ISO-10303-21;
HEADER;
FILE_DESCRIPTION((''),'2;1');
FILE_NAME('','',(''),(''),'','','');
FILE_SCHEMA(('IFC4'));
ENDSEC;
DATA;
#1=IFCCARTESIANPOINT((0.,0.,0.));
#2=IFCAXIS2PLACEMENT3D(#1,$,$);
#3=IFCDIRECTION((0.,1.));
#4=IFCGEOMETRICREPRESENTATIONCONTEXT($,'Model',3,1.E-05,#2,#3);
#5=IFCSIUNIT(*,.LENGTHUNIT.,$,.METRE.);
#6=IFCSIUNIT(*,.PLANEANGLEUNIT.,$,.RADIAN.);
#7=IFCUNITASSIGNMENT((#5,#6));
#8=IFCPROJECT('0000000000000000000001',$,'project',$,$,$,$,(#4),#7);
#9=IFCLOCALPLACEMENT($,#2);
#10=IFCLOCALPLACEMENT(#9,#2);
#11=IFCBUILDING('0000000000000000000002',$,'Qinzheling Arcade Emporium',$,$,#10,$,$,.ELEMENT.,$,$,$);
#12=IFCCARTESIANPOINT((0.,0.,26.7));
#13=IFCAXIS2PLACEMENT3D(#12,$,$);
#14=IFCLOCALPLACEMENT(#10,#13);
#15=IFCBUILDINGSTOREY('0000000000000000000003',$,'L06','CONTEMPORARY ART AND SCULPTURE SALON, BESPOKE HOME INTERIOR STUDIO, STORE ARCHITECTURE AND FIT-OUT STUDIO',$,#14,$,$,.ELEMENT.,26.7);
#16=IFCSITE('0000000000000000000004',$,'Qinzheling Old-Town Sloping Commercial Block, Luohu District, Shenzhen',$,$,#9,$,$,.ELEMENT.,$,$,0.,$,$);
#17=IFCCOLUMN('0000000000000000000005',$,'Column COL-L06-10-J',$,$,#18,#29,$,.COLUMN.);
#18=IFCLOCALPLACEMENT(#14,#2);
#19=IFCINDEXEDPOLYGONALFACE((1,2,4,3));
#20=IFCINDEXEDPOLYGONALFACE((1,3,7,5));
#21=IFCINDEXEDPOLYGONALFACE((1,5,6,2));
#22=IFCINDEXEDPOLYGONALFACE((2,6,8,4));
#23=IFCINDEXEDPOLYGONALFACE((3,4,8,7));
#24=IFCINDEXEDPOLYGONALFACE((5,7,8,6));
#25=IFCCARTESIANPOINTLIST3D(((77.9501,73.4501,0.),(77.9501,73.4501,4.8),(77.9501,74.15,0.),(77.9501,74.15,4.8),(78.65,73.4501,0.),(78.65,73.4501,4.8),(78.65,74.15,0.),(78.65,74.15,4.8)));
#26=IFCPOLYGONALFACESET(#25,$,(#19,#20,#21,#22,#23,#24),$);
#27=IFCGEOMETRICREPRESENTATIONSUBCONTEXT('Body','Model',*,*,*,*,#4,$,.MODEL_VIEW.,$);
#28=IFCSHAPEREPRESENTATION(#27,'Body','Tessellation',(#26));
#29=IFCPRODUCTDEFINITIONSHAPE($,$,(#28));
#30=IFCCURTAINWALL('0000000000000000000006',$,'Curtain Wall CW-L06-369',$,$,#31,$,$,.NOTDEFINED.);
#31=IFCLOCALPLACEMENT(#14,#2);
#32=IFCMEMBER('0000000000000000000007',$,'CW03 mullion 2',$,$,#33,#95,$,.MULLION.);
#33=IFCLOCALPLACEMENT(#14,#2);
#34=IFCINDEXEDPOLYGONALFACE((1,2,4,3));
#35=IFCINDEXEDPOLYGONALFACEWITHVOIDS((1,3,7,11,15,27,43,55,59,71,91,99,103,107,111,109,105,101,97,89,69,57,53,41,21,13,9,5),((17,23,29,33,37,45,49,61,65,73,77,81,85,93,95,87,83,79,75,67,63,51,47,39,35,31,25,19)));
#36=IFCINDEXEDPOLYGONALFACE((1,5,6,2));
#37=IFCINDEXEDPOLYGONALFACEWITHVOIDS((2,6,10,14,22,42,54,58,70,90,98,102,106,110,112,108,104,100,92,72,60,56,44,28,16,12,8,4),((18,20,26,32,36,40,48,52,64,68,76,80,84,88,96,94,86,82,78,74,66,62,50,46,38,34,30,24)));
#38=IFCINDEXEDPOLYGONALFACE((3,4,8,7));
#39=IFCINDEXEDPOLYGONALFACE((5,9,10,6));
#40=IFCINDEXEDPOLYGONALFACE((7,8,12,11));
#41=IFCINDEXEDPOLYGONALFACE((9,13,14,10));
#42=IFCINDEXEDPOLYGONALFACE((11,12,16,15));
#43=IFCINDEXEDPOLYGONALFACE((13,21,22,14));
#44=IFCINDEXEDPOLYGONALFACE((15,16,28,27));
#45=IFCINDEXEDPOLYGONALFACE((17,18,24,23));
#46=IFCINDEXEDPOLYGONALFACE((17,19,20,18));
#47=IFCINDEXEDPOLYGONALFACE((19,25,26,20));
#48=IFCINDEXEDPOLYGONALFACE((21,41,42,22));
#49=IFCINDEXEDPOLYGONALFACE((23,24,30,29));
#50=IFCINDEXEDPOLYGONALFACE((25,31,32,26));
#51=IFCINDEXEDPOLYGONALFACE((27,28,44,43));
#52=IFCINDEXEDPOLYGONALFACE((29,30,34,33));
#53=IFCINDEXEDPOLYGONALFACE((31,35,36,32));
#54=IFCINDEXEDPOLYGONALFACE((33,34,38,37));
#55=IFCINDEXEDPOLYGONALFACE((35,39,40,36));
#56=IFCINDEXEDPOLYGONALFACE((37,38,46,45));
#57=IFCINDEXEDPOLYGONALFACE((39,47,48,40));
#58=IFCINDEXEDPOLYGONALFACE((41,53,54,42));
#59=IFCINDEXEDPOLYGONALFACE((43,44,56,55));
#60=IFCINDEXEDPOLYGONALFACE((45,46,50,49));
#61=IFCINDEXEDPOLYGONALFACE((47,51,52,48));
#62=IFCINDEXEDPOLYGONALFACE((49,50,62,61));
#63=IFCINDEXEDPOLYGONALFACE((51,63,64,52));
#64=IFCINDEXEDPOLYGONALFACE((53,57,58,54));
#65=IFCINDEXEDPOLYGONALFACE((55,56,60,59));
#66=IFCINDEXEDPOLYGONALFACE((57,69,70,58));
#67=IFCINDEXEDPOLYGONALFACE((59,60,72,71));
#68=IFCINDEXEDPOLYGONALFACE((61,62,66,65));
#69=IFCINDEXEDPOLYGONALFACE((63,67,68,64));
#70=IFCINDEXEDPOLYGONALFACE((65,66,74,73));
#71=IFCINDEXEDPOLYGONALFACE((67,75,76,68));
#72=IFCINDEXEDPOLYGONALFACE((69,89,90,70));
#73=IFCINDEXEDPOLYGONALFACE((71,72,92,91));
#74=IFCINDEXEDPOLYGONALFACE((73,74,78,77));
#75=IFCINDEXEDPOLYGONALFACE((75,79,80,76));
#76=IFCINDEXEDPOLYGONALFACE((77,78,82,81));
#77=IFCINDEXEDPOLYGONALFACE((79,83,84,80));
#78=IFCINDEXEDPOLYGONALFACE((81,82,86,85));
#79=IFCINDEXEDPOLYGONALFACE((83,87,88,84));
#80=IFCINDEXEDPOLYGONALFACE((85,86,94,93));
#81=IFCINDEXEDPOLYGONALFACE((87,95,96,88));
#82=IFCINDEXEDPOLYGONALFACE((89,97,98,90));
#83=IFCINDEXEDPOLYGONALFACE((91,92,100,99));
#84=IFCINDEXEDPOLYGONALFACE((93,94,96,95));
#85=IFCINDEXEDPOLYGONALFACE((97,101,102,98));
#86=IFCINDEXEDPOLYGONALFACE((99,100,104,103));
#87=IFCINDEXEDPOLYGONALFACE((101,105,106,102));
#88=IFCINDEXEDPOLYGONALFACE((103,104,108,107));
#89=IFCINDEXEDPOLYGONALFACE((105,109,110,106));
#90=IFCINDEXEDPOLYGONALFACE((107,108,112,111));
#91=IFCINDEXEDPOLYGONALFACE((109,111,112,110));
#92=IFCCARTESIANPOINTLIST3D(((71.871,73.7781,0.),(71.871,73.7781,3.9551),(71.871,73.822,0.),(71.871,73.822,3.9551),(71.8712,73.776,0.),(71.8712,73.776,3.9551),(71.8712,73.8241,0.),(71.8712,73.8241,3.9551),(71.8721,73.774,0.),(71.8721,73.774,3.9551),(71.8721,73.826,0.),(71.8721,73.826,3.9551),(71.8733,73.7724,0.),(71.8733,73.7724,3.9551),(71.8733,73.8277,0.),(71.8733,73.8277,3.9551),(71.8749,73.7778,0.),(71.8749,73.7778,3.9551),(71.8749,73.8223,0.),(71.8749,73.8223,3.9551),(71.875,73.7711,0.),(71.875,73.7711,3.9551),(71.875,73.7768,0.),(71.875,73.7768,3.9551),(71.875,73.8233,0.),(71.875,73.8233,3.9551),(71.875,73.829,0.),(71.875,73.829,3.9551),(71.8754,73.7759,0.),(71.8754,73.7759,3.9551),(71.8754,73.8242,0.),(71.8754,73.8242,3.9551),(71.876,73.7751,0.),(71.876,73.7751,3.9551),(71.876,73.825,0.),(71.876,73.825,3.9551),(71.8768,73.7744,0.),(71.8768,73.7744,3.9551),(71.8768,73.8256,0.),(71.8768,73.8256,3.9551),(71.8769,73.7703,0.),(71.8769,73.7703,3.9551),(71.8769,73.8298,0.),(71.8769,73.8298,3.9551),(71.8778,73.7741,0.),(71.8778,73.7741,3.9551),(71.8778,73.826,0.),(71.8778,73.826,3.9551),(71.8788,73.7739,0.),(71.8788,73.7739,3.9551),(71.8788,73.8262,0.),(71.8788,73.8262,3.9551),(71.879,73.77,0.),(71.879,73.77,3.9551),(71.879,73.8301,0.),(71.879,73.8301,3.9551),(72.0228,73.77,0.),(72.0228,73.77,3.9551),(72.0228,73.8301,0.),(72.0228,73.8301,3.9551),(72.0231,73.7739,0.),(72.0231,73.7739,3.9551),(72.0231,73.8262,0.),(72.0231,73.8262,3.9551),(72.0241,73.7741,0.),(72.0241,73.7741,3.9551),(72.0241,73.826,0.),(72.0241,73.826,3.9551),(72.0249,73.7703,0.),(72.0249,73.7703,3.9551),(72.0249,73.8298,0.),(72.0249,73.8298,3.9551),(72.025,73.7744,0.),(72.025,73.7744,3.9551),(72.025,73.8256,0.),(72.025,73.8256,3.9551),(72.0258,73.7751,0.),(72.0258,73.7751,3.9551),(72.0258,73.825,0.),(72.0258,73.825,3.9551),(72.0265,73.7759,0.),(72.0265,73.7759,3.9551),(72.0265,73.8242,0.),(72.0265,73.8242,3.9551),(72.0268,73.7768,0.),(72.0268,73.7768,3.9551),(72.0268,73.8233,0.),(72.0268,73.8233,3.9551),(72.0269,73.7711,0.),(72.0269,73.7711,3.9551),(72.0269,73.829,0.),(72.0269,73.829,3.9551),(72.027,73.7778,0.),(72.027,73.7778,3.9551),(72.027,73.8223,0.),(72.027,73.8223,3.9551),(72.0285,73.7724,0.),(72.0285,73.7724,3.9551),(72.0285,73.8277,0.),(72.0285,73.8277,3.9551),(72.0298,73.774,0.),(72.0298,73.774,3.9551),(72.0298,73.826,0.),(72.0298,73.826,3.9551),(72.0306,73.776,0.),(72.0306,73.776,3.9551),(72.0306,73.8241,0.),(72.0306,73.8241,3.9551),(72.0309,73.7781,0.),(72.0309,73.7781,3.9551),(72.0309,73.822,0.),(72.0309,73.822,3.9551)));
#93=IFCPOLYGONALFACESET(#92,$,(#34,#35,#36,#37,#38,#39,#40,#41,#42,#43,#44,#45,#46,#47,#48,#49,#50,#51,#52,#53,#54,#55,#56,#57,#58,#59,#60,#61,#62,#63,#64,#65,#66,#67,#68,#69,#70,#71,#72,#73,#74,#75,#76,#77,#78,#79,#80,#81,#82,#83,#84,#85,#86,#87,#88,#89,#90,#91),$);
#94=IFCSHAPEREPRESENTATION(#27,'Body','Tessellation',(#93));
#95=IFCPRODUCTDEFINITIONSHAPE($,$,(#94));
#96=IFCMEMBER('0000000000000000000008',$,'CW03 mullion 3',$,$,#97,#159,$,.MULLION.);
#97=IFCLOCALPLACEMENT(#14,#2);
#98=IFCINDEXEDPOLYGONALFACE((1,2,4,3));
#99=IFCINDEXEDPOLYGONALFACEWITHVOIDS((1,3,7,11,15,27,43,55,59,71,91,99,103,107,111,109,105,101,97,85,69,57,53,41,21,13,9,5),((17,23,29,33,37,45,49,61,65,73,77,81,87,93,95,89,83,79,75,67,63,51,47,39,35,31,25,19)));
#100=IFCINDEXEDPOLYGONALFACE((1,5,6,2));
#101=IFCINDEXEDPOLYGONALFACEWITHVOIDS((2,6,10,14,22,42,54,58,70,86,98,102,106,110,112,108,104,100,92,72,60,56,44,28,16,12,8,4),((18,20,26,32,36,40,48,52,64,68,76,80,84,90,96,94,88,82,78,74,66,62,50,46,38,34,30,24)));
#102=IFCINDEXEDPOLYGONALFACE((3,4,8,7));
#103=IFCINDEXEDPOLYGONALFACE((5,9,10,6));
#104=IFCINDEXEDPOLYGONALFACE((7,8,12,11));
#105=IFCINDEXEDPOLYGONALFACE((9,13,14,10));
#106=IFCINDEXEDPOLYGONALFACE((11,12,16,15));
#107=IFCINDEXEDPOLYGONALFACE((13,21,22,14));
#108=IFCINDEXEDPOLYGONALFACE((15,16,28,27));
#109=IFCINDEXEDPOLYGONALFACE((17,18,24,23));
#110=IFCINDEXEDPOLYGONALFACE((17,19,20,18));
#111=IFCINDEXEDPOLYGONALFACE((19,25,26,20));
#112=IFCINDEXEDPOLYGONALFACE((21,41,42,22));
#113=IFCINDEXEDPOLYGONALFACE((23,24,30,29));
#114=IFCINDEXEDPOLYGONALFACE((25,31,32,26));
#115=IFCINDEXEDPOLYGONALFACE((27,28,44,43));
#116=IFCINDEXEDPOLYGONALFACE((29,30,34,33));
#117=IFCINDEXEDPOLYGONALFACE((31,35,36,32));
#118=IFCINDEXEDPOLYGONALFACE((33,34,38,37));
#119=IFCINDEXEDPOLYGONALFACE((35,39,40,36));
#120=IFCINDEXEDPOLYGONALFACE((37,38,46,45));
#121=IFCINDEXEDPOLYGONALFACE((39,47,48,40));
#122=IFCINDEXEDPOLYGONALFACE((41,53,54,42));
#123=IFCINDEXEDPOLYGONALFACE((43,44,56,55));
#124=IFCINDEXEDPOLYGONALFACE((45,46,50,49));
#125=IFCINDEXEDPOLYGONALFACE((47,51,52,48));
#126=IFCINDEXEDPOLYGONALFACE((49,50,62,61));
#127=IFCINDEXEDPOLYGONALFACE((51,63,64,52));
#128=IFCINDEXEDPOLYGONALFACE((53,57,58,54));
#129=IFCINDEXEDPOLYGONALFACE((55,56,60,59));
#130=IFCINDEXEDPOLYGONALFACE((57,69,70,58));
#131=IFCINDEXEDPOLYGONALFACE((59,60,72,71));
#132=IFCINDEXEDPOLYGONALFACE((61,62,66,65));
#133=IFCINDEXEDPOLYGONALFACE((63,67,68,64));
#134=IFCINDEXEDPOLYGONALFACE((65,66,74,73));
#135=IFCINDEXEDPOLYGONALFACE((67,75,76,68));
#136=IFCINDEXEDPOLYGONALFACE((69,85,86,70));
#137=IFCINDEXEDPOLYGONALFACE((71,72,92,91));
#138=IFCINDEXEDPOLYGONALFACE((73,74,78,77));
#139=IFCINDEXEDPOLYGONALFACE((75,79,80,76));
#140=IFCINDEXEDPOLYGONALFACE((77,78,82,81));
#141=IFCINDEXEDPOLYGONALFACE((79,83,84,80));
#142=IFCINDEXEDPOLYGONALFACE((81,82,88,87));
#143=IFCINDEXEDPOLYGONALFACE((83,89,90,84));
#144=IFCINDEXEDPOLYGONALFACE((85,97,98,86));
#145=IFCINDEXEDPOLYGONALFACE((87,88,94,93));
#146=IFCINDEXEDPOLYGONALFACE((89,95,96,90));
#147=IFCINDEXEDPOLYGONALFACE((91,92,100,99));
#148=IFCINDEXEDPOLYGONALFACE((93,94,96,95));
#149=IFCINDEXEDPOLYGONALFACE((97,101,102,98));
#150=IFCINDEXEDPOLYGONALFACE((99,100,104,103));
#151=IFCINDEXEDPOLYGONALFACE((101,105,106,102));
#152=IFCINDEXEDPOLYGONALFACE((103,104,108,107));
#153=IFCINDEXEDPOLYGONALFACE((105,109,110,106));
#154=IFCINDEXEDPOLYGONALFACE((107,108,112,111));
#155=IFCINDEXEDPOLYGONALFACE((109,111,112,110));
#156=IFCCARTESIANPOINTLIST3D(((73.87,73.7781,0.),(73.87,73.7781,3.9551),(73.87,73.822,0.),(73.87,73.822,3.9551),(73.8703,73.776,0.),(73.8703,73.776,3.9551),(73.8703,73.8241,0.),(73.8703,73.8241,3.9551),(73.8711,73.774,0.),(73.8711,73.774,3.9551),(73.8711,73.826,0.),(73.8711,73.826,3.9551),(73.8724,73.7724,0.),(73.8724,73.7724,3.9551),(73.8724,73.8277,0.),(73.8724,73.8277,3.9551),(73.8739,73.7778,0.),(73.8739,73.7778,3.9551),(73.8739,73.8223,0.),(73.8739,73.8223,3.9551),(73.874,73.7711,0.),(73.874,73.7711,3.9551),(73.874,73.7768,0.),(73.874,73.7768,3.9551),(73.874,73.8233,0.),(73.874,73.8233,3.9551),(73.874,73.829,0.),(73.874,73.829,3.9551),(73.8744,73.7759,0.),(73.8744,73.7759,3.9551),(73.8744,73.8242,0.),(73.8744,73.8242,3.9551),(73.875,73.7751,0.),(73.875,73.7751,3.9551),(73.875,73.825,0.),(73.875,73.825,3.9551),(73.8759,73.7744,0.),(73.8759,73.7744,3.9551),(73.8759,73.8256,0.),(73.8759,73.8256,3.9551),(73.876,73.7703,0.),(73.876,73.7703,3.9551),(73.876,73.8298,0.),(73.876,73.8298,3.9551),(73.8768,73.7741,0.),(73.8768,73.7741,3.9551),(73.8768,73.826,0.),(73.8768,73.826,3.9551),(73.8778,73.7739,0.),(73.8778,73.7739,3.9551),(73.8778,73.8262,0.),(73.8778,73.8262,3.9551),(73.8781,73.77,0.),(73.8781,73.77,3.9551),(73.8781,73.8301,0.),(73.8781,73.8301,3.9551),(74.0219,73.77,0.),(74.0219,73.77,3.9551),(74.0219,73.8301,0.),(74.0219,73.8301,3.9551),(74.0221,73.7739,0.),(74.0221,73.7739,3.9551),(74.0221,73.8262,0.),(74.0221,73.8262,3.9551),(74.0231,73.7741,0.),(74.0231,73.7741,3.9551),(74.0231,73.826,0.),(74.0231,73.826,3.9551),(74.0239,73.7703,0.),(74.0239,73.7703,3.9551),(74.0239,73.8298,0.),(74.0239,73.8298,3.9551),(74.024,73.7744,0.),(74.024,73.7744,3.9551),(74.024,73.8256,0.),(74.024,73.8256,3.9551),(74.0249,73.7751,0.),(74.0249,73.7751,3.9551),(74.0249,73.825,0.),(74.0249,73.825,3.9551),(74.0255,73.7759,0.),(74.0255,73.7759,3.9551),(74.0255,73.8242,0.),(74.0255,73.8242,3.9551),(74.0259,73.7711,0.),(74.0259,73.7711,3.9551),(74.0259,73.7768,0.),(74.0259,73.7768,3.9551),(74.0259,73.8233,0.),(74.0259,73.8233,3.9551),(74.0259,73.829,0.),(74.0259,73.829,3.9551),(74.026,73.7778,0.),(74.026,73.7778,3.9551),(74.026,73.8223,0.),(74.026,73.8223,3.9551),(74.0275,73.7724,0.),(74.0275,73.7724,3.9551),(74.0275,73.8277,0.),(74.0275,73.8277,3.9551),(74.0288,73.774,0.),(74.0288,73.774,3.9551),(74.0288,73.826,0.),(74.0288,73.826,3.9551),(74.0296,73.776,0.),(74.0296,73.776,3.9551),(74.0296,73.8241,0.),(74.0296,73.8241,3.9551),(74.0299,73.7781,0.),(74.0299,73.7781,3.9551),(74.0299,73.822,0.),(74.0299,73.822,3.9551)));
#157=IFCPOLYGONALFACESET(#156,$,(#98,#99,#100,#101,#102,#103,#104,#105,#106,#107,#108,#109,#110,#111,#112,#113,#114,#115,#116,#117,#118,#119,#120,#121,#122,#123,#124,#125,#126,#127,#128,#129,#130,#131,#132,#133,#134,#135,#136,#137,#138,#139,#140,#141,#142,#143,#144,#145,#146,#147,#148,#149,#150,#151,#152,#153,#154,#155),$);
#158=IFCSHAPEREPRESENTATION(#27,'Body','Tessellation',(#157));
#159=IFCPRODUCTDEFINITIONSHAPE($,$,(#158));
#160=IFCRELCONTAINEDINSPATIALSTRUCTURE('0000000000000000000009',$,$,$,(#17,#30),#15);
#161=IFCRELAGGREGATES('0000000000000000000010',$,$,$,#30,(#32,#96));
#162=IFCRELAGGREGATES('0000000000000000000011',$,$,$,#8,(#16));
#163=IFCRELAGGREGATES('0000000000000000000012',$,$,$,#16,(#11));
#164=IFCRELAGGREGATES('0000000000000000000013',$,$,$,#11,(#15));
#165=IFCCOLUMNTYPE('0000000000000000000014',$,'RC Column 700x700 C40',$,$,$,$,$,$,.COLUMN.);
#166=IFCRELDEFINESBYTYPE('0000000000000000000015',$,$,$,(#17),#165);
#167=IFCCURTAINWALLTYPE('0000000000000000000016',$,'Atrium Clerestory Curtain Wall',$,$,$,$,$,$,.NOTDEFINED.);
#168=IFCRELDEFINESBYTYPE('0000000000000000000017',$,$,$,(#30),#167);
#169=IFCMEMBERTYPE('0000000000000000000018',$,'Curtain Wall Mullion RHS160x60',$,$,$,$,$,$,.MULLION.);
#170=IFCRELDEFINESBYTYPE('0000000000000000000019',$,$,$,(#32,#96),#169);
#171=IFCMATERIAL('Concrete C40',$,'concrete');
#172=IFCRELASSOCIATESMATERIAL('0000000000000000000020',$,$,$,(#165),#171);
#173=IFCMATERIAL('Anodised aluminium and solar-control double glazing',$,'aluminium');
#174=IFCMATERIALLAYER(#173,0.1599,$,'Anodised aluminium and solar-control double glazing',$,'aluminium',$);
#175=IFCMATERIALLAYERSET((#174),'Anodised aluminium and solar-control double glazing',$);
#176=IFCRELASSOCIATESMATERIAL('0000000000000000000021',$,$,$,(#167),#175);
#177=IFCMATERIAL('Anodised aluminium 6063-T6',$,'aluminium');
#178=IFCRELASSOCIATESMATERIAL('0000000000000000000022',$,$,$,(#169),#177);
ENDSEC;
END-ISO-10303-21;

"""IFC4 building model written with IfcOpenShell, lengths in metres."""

from ifc_helpers import new_model, si_unit, direction, frame, origin, origin_2d, place, context, subcontext, project, spatial, rectangle, hollow_rectangle, extrude, material, layer, layer_set, material_profile, profile_set, type_object, element, aggregate, save


model = new_model("IFC4")

# Units and contexts
model_context = context("Model", 3, precision=1e-05, world=origin(), true_north=direction((0.0, 1.0)))
body_context = subcontext(model_context, "Body", "Model", "MODEL_VIEW")
ifc_project = project(units=[si_unit("LENGTHUNIT", "METRE"), si_unit("PLANEANGLEUNIT", "RADIAN")], contexts=[model_context])

# Site, building, storey
site_placement = place(None, origin())
site = spatial("IfcSite", under=ifc_project, at=site_placement, Name="Qinzheling Old-Town Sloping Commercial Block, Luohu District, Shenzhen", CompositionType="ELEMENT", RefElevation=0.0)
building_placement = place(site_placement, origin())
building = spatial("IfcBuilding", under=site, at=building_placement, Name="Qinzheling Arcade Emporium", CompositionType="ELEMENT")
storey_placement = place(building_placement, frame((0.0, 0.0, 26.7)))
storey = spatial("IfcBuildingStorey", under=building, at=storey_placement, Name="L06", Description="CONTEMPORARY ART AND SCULPTURE SALON, BESPOKE HOME INTERIOR STUDIO, STORE ARCHITECTURE AND FIT-OUT STUDIO", CompositionType="ELEMENT", Elevation=26.7)

# Column
ifc_material_1 = material(Name="Concrete C40", Category="concrete")
ifc_material_profile_1 = material_profile(ifc_material_1, rectangle(XDim=0.7, YDim=0.7, at=origin_2d()), Name="RC 700x700", Category="concrete")
ifc_profile_set_1 = profile_set([ifc_material_profile_1], Name="Concrete C40")
column_type = type_object("IfcColumnType", Name="RC Column 700x700 C40", PredefinedType="COLUMN", material=ifc_profile_set_1)
column_placement = place(storey_placement, frame((78.3, 73.8, 0.0), z_axis=(0.0, 0.0, 1.0), x_axis=(1.0, 0.0, 0.0)))
element("IfcColumn", 1, at=column_placement, inside=storey, type_object=column_type, Name="Column COL-L06-10-J", PredefinedType="COLUMN", context=body_context, shape_type="SweptSolid", body=[
    extrude(rectangle(XDim=0.7, YDim=0.7, at=origin_2d()), origin(), (0.0, 0.0, 1.0), 4.8),
])

# Curtain wall, members
ifc_material_2 = material(Name="Anodised aluminium and solar-control double glazing", Category="aluminium")
ifc_layer_1 = layer(ifc_material_2, 0.1599, Name="Anodised aluminium and solar-control double glazing", Category="aluminium")
ifc_layer_set_1 = layer_set([ifc_layer_1], Name="Anodised aluminium and solar-control double glazing")
curtain_wall_type = type_object("IfcCurtainWallType", Name="Atrium Clerestory Curtain Wall", PredefinedType="NOTDEFINED", material=ifc_layer_set_1)
curtain_wall_placement = place(storey_placement, origin())
curtain_wall = element("IfcCurtainWall", 2, at=curtain_wall_placement, inside=storey, type_object=curtain_wall_type, Name="Curtain Wall CW-L06-369", PredefinedType="NOTDEFINED")
ifc_material_3 = material(Name="Anodised aluminium 6063-T6", Category="aluminium")
ifc_material_profile_2 = material_profile(ifc_material_3, hollow_rectangle(XDim=0.0601, YDim=0.1599, WallThickness=0.0039, InnerFilletRadius=0.0039, OuterFilletRadius=0.0081, at=origin_2d()), Name="RHS 160x60x4", Category="aluminium")
ifc_profile_set_2 = profile_set([ifc_material_profile_2], Name="Anodised aluminium 6063-T6")
member_type_1 = type_object("IfcMemberType", Name="Curtain Wall Mullion RHS160x60", PredefinedType="MULLION", material=ifc_profile_set_2)
member_1_placement = place(storey_placement, frame((71.9509, 73.8, 0.0), z_axis=(0.0, 0.0, 1.0), x_axis=(0.0, 1.0, 0.0)))
member_1 = element("IfcMember", 3, at=member_1_placement, type_object=member_type_1, Name="CW03 mullion 2", PredefinedType="MULLION", context=body_context, shape_type="SweptSolid", body=[
    extrude(hollow_rectangle(XDim=0.0601, YDim=0.1599, WallThickness=0.0039, InnerFilletRadius=0.0039, OuterFilletRadius=0.0081, at=origin_2d()), origin(), (0.0, 0.0, 1.0), 3.9551),
])
member_2_placement = place(storey_placement, frame((73.95, 73.8, 0.0), z_axis=(0.0, 0.0, 1.0), x_axis=(0.0, 1.0, 0.0)))
member_2 = element("IfcMember", 4, at=member_2_placement, type_object=member_type_1, Name="CW03 mullion 3", PredefinedType="MULLION", context=body_context, shape_type="SweptSolid", body=[
    extrude(hollow_rectangle(XDim=0.0601, YDim=0.1599, WallThickness=0.0039, InnerFilletRadius=0.0039, OuterFilletRadius=0.0081, at=origin_2d()), origin(), (0.0, 0.0, 1.0), 3.9551),
])
aggregate(curtain_wall, [member_1, member_2])

save(model, "model.ifc")
